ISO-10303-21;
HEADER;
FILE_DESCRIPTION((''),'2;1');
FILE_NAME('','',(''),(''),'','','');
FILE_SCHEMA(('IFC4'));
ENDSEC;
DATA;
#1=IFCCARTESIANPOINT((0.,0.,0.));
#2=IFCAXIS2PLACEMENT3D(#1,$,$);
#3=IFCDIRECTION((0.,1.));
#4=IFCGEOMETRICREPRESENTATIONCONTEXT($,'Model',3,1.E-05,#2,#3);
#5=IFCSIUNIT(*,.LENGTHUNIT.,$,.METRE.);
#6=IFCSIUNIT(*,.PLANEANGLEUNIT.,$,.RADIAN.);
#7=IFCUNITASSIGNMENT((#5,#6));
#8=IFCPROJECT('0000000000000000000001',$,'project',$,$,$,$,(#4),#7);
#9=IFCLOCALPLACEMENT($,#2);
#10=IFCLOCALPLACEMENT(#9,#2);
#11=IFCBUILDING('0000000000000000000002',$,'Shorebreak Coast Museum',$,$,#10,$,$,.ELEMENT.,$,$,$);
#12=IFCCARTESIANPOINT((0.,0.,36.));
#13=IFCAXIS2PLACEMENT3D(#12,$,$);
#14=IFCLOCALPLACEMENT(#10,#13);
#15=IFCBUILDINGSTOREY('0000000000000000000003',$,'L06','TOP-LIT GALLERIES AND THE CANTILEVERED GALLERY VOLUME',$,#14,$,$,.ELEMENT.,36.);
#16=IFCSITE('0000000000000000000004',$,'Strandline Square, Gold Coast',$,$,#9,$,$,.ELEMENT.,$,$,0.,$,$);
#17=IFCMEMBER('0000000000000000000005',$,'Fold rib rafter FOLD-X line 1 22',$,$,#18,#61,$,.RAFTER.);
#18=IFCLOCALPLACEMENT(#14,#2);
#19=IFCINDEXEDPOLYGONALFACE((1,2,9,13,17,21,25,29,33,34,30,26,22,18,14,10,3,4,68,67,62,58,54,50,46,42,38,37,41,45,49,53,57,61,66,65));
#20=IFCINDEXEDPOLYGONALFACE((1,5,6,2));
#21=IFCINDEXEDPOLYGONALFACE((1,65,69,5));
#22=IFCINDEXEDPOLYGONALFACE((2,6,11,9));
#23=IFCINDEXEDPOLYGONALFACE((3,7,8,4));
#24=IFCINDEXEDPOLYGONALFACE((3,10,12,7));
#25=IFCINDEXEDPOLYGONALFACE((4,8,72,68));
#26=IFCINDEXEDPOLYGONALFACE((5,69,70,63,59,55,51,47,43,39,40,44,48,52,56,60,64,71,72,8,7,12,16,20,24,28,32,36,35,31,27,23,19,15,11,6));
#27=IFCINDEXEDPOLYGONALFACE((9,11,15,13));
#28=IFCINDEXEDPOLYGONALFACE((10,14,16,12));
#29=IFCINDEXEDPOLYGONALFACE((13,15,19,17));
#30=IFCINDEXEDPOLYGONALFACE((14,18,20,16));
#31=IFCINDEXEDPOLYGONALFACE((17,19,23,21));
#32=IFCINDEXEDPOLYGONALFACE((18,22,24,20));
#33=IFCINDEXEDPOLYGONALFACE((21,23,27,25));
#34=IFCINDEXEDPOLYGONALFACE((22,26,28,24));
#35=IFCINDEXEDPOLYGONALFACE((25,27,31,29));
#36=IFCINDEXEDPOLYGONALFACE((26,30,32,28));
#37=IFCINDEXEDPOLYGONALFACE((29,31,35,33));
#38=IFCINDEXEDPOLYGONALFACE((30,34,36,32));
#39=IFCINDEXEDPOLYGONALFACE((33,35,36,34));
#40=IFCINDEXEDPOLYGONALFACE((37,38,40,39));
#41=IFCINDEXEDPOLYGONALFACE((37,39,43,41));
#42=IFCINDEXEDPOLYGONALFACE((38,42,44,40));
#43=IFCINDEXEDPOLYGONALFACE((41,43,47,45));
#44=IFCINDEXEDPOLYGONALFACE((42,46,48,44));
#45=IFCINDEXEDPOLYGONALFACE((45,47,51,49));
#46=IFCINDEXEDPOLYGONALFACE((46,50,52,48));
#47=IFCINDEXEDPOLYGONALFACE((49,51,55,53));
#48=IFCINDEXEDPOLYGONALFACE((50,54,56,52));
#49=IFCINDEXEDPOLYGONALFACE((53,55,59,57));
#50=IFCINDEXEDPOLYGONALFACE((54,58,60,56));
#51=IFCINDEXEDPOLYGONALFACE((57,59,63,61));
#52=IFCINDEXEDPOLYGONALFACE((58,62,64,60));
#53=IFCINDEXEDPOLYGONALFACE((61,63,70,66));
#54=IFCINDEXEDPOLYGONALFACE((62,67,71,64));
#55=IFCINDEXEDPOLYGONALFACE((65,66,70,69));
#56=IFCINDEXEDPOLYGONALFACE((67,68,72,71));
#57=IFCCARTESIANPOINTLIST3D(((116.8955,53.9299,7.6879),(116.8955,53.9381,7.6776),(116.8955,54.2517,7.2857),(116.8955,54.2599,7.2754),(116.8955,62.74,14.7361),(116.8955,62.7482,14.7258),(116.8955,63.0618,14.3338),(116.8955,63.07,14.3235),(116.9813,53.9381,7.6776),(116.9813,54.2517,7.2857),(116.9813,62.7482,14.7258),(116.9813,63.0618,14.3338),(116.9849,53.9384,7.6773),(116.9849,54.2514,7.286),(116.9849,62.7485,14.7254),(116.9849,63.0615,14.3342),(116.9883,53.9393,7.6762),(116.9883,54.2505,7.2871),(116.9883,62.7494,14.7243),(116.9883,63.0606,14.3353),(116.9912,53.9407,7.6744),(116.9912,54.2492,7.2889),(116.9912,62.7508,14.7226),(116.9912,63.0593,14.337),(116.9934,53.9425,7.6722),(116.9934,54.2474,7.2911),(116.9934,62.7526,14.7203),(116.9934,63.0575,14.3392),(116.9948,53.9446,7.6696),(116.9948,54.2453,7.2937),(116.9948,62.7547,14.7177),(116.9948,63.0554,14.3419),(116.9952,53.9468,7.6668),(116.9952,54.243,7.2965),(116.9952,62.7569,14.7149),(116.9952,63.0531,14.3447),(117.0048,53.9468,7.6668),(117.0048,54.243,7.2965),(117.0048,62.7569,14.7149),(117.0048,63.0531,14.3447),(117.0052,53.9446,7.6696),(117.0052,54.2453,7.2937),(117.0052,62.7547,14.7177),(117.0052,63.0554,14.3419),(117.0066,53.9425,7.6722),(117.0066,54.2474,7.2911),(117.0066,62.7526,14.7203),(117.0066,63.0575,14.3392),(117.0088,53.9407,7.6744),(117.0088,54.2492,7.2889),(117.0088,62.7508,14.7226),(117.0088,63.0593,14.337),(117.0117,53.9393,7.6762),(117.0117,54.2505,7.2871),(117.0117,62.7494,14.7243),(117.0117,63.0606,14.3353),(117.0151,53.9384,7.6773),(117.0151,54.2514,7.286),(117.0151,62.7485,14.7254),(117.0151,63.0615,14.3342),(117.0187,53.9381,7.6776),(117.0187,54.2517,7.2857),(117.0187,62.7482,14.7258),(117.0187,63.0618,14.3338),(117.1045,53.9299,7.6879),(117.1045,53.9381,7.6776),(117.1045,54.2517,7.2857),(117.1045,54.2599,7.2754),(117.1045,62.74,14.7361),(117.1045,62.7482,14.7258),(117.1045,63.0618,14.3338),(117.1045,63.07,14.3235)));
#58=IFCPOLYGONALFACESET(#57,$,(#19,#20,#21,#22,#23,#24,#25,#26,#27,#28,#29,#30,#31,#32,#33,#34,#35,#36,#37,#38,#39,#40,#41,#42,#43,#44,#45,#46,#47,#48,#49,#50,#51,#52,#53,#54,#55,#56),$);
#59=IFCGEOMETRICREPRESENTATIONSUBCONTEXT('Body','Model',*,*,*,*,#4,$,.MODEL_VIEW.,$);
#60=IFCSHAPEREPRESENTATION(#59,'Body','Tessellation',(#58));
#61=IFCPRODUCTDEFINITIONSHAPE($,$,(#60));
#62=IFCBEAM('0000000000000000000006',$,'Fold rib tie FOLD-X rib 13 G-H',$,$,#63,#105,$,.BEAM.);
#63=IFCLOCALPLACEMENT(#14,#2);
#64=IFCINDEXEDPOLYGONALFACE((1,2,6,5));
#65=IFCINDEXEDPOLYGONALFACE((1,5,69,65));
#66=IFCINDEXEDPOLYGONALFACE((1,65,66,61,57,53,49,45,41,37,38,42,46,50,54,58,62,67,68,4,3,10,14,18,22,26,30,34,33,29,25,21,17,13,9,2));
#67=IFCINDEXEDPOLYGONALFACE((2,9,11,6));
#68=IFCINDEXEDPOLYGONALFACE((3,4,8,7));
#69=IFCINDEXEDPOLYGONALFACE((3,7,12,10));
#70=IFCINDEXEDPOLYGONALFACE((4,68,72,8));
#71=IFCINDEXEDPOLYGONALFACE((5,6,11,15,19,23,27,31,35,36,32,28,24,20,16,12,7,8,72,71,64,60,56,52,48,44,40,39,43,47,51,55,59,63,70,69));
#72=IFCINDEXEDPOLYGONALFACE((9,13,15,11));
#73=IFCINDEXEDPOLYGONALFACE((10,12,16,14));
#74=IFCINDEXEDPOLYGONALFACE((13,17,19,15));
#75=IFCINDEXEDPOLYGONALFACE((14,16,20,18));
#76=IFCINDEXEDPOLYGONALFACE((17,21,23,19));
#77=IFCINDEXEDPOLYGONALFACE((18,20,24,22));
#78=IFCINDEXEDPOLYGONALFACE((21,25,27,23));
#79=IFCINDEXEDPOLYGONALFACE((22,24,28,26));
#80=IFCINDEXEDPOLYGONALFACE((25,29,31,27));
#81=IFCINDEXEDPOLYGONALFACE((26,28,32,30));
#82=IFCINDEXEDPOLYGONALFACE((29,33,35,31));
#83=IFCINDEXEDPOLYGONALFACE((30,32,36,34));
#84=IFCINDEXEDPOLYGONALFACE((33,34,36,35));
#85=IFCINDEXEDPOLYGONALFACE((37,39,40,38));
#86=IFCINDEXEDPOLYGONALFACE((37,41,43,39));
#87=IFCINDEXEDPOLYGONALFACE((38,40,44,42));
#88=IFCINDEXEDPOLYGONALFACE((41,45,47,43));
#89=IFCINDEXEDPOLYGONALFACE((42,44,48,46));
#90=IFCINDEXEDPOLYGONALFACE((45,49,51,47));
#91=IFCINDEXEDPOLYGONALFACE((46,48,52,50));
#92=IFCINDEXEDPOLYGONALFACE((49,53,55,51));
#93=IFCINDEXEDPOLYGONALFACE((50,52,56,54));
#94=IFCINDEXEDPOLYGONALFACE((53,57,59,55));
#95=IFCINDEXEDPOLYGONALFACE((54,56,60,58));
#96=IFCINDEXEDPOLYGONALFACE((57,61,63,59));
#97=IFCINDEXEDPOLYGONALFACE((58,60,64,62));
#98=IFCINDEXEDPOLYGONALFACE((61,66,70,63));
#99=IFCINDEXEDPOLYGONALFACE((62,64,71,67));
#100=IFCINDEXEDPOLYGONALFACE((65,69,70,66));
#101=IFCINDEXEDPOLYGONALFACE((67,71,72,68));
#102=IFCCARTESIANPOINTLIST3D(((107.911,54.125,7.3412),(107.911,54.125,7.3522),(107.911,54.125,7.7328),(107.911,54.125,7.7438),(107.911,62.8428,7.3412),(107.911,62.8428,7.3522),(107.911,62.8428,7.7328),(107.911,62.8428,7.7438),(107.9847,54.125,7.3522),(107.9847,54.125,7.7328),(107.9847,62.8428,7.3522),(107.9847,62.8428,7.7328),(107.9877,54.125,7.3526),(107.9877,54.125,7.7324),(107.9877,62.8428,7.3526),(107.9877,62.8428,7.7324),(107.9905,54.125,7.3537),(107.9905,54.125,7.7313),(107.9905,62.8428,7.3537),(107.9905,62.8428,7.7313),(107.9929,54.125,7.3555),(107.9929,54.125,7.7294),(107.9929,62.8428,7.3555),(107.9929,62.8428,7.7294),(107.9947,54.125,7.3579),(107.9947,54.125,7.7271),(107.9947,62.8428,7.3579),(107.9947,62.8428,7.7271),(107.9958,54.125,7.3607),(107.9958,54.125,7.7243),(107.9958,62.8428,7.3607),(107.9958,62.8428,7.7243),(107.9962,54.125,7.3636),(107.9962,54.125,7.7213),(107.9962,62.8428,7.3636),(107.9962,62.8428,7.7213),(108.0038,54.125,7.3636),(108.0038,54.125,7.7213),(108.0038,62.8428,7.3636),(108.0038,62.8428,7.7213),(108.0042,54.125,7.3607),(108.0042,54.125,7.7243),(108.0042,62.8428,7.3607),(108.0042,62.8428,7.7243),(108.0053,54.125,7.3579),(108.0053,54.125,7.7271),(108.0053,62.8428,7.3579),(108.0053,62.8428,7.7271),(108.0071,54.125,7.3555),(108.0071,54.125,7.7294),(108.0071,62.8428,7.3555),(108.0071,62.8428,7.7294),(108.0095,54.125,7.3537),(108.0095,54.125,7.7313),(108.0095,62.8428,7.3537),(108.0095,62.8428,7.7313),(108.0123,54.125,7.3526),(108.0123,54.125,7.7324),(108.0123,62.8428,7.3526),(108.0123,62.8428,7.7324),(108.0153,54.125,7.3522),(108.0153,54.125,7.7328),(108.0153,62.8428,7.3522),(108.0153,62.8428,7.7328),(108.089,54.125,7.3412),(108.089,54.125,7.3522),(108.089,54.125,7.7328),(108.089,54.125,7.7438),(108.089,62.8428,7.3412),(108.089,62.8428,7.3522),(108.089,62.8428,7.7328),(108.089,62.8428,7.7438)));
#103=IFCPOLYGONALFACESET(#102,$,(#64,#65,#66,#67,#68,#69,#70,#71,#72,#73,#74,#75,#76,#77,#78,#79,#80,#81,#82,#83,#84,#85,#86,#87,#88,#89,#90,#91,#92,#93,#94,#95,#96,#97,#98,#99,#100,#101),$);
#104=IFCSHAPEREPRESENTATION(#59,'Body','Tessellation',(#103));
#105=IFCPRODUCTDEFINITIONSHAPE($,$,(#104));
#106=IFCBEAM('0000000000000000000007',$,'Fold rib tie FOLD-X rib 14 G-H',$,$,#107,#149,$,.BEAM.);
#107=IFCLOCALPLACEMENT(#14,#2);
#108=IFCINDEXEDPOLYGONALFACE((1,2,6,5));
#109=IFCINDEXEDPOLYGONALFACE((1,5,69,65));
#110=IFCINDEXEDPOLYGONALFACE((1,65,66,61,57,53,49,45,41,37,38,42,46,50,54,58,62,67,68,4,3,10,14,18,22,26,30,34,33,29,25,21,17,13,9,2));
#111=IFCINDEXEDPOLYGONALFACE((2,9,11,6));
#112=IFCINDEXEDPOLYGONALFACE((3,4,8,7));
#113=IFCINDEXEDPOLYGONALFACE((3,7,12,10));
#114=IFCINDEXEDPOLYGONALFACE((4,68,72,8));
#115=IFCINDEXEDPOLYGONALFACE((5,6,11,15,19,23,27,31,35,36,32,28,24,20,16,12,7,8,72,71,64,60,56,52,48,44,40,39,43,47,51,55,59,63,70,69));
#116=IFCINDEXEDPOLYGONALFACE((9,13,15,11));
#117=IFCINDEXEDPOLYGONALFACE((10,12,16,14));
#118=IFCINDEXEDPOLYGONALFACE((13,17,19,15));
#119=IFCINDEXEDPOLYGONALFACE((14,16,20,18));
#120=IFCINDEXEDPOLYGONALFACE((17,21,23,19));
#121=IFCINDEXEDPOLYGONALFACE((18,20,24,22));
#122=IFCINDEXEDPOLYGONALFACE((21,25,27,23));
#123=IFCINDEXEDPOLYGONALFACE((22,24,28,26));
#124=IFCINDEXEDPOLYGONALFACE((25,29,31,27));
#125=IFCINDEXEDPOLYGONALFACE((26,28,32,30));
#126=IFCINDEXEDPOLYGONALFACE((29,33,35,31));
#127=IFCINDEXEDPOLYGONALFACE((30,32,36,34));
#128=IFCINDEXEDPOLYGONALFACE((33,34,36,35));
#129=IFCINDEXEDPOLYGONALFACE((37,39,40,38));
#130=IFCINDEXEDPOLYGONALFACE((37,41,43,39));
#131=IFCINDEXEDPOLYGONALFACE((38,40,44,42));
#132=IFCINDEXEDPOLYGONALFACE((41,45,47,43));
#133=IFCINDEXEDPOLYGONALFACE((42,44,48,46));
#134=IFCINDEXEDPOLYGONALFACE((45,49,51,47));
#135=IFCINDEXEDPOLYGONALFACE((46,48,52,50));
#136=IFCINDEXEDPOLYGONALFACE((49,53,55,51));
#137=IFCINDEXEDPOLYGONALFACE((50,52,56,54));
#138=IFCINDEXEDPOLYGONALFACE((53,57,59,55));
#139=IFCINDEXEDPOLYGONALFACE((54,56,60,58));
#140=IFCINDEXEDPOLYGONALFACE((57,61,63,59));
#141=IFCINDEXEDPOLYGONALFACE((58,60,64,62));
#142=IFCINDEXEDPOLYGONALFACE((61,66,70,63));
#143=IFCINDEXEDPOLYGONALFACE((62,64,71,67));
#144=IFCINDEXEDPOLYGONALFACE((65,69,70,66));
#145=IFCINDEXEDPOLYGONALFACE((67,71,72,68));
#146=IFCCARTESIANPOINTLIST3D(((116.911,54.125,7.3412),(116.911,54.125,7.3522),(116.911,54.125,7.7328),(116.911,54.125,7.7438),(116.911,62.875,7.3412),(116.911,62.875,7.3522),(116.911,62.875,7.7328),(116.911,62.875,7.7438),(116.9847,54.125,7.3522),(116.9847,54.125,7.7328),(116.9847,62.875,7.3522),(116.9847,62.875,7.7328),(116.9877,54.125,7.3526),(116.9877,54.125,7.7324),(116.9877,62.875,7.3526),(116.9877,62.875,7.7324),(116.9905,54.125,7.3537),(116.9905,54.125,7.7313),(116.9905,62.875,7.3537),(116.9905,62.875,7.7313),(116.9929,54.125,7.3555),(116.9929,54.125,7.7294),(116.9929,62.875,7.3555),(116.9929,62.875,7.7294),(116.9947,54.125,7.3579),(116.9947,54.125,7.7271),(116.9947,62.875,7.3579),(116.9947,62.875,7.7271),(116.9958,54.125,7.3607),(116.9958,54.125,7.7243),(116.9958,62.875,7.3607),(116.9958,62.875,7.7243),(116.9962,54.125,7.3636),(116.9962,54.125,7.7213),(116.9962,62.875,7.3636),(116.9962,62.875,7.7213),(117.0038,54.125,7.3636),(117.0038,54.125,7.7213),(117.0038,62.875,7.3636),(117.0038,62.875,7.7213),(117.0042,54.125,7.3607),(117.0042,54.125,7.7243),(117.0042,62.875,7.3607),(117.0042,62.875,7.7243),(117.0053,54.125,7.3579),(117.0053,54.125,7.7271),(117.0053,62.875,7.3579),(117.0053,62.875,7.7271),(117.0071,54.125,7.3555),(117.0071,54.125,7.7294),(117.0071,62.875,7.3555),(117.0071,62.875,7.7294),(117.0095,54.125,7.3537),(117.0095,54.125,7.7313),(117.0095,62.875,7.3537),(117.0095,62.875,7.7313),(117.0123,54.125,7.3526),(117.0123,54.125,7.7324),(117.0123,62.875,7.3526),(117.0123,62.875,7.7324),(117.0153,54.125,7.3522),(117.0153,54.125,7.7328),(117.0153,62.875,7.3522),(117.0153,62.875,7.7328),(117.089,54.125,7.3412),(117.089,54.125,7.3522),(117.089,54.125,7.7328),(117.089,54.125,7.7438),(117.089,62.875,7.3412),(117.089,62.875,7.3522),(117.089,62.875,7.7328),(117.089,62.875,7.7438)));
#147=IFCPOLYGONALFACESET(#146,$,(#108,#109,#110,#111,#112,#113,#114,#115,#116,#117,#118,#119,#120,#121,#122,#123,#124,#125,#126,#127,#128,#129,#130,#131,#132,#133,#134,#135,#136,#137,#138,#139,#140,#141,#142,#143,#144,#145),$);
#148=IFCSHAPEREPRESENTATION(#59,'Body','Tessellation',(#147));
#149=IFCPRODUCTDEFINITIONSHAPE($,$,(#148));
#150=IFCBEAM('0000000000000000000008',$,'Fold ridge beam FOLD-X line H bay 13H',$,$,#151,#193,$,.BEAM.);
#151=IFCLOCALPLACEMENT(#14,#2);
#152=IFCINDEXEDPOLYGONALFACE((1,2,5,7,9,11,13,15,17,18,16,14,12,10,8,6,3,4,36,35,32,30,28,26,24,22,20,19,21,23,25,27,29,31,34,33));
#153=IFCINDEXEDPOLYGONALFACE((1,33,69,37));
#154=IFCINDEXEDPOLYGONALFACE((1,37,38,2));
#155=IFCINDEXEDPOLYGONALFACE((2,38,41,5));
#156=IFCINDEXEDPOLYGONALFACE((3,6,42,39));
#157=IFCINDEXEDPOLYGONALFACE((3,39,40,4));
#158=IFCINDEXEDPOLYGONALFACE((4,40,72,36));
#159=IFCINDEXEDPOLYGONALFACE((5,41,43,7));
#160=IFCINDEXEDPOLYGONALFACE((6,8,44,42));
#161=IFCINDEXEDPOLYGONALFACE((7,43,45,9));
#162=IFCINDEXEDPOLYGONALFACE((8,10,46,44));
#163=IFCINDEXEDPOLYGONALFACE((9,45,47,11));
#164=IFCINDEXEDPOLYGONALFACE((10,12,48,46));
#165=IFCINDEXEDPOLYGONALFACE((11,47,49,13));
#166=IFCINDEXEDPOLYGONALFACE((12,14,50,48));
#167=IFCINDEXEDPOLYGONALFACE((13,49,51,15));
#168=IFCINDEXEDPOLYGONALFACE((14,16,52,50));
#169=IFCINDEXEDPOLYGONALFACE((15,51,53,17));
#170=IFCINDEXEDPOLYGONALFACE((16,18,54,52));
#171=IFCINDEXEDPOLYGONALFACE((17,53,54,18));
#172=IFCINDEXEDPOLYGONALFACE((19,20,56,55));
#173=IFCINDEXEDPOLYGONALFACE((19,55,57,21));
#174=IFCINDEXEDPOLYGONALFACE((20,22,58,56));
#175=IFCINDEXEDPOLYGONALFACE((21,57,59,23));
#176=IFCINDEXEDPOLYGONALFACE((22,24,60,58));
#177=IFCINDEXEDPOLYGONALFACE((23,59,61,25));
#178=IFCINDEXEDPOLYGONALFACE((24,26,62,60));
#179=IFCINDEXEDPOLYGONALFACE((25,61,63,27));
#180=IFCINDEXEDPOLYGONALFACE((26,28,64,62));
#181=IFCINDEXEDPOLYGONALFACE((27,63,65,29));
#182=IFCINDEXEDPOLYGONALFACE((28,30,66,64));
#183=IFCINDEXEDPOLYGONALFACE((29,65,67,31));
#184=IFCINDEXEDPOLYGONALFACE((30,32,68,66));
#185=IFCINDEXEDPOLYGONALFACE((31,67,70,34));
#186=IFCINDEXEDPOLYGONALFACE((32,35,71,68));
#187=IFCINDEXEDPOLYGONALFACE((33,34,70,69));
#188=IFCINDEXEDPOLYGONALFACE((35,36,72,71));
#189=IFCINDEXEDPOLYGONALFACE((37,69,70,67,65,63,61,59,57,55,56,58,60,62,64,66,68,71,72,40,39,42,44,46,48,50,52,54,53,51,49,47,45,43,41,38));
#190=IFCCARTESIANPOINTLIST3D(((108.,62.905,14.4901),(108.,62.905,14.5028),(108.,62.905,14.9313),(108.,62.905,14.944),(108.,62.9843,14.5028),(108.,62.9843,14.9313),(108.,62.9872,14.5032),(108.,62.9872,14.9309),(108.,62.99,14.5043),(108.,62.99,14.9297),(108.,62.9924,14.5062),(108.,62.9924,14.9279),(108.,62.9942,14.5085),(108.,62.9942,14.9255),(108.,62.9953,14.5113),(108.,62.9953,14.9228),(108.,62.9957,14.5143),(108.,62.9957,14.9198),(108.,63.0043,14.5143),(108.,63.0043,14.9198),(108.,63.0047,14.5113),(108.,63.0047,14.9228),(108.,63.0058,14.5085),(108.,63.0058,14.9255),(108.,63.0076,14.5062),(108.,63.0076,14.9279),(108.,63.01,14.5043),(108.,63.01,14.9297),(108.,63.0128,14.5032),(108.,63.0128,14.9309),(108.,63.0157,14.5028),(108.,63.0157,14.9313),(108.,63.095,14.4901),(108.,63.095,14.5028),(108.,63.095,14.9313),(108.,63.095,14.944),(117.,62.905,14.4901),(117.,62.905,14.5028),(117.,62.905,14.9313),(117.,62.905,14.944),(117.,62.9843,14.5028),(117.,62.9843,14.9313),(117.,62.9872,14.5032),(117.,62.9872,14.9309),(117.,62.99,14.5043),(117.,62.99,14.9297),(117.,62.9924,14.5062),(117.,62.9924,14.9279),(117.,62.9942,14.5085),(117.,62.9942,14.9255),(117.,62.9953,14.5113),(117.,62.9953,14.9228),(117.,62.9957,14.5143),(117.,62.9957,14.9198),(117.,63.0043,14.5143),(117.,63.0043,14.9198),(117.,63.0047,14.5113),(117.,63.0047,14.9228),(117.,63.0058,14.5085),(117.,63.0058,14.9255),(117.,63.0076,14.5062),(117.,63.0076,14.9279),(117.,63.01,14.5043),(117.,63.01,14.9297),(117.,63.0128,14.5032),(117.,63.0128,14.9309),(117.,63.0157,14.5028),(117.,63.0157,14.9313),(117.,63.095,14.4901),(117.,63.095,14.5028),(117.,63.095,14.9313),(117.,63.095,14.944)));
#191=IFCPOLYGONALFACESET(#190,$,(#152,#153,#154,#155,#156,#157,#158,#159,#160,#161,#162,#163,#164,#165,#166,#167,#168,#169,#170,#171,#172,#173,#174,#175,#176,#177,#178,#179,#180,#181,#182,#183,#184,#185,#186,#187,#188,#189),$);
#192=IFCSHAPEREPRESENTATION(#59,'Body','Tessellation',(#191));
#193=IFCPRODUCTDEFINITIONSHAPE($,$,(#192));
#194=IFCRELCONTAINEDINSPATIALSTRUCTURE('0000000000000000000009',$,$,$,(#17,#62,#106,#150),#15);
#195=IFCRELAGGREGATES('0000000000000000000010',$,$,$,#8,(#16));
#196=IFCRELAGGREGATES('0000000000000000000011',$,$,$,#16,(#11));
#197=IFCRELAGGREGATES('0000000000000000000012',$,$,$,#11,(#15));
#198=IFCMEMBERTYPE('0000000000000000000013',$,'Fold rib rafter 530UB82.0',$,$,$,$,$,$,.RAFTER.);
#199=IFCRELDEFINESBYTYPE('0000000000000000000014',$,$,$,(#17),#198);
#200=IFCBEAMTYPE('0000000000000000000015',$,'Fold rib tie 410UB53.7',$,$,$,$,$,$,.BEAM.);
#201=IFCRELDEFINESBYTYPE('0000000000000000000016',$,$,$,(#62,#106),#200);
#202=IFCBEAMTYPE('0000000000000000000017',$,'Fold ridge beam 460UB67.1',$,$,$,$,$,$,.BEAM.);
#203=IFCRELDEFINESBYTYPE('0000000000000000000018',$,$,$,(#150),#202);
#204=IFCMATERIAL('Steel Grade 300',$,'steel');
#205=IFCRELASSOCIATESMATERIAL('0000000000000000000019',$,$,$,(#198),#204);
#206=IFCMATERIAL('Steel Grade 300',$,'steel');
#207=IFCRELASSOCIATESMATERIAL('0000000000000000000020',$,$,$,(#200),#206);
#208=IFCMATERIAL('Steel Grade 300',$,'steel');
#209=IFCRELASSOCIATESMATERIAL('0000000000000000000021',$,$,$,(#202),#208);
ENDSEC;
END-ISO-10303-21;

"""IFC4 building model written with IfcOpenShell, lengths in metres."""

from ifc_helpers import new_model, si_unit, direction, frame, origin, origin_2d, place, context, subcontext, project, spatial, i_section, extrude, material, material_profile, profile_set, type_object, element, save


model = new_model("IFC4")

# Units and contexts
model_context = context("Model", 3, precision=1e-05, world=origin(), true_north=direction((0.0, 1.0)))
body_context = subcontext(model_context, "Body", "Model", "MODEL_VIEW")
ifc_project = project(units=[si_unit("LENGTHUNIT", "METRE"), si_unit("PLANEANGLEUNIT", "RADIAN")], contexts=[model_context])

# Site, building, storey
site_placement = place(None, origin())
site = spatial("IfcSite", under=ifc_project, at=site_placement, Name="Strandline Square, Gold Coast", CompositionType="ELEMENT", RefElevation=0.0)
building_placement = place(site_placement, origin())
building = spatial("IfcBuilding", under=site, at=building_placement, Name="Shorebreak Coast Museum", CompositionType="ELEMENT")
storey_placement = place(building_placement, frame((0.0, 0.0, 36.0)))
storey = spatial("IfcBuildingStorey", under=building, at=storey_placement, Name="L06", Description="TOP-LIT GALLERIES AND THE CANTILEVERED GALLERY VOLUME", CompositionType="ELEMENT", Elevation=36.0)

# Member
ifc_material_1 = material(Name="Steel Grade 300", Category="steel")
ifc_material_profile_1 = material_profile(ifc_material_1, i_section(OverallWidth=0.209, OverallDepth=0.5283, WebThickness=0.0095, FlangeThickness=0.0132, FilletRadius=0.0139, at=origin_2d()), Name="530UB82.0")
ifc_profile_set_1 = profile_set([ifc_material_profile_1], Name="Steel Grade 300")
member_type_1 = type_object("IfcMemberType", Name="Fold rib rafter 530UB82.0", PredefinedType="RAFTER", material=ifc_profile_set_1)
for number, where, z_axis, x_axis, name in (
    (1, (117.0, 62.905, 14.5298), (0.0, -0.780867, -0.624698), (1.0, 0.0, 0.0), "Fold rib rafter FOLD-X line 1 22"),
):
    element("IfcMember", number, at=place(storey_placement, frame(where, z_axis=z_axis, x_axis=x_axis)), inside=storey, type_object=member_type_1, Name=name, PredefinedType="RAFTER", context=body_context, shape_type="SweptSolid", body=[
        extrude(i_section(OverallWidth=0.209, OverallDepth=0.5283, WebThickness=0.0095, FlangeThickness=0.0132, FilletRadius=0.0139, at=origin_2d()), origin(), (0.0, 0.0, 1.0), 11.2825),
    ])

# Beams
ifc_material_2 = material(Name="Steel Grade 300", Category="steel")
ifc_material_profile_2 = material_profile(ifc_material_2, i_section(OverallWidth=0.178, OverallDepth=0.4026, WebThickness=0.0076, FlangeThickness=0.011, FilletRadius=0.0115, at=origin_2d()), Name="410UB53.7")
ifc_profile_set_2 = profile_set([ifc_material_profile_2], Name="Steel Grade 300")
beam_type_1 = type_object("IfcBeamType", Name="Fold rib tie 410UB53.7", PredefinedType="BEAM", material=ifc_profile_set_2)
beam_1_placement = place(storey_placement, frame((108.0, 54.125, 7.5425), z_axis=(0.0, 1.0, 0.0), x_axis=(-1.0, 0.0, 0.0)))
element("IfcBeam", 2, at=beam_1_placement, inside=storey, type_object=beam_type_1, Name="Fold rib tie FOLD-X rib 13 G-H", PredefinedType="BEAM", context=body_context, shape_type="SweptSolid", body=[
    extrude(i_section(OverallWidth=0.178, OverallDepth=0.4026, WebThickness=0.0076, FlangeThickness=0.011, FilletRadius=0.0115, at=origin_2d()), origin(), (0.0, 0.0, 1.0), 8.7178),
])
beam_2_placement = place(storey_placement, frame((117.0, 54.125, 7.5425), z_axis=(0.0, 1.0, 0.0), x_axis=(-1.0, 0.0, 0.0)))
element("IfcBeam", 3, at=beam_2_placement, inside=storey, type_object=beam_type_1, Name="Fold rib tie FOLD-X rib 14 G-H", PredefinedType="BEAM", context=body_context, shape_type="SweptSolid", body=[
    extrude(i_section(OverallWidth=0.178, OverallDepth=0.4026, WebThickness=0.0076, FlangeThickness=0.011, FilletRadius=0.0115, at=origin_2d()), origin(), (0.0, 0.0, 1.0), 8.75),
])
ifc_material_3 = material(Name="Steel Grade 300", Category="steel")
ifc_material_profile_3 = material_profile(ifc_material_3, i_section(OverallWidth=0.1899, OverallDepth=0.4539, WebThickness=0.0085, FlangeThickness=0.0127, FilletRadius=0.0115, at=origin_2d()), Name="460UB67.1")
ifc_profile_set_3 = profile_set([ifc_material_profile_3], Name="Steel Grade 300")
beam_type_2 = type_object("IfcBeamType", Name="Fold ridge beam 460UB67.1", PredefinedType="BEAM", material=ifc_profile_set_3)
beam_3_placement = place(storey_placement, frame((108.0, 63.0, 14.717), z_axis=(1.0, 0.0, 0.0), x_axis=(0.0, 1.0, 0.0)))
element("IfcBeam", 4, at=beam_3_placement, inside=storey, type_object=beam_type_2, Name="Fold ridge beam FOLD-X line H bay 13H", PredefinedType="BEAM", context=body_context, shape_type="SweptSolid", body=[
    extrude(i_section(OverallWidth=0.1899, OverallDepth=0.4539, WebThickness=0.0085, FlangeThickness=0.0127, FilletRadius=0.0115, at=origin_2d()), origin(), (0.0, 0.0, 1.0), 9.0),
])

save(model, "model.ifc")
